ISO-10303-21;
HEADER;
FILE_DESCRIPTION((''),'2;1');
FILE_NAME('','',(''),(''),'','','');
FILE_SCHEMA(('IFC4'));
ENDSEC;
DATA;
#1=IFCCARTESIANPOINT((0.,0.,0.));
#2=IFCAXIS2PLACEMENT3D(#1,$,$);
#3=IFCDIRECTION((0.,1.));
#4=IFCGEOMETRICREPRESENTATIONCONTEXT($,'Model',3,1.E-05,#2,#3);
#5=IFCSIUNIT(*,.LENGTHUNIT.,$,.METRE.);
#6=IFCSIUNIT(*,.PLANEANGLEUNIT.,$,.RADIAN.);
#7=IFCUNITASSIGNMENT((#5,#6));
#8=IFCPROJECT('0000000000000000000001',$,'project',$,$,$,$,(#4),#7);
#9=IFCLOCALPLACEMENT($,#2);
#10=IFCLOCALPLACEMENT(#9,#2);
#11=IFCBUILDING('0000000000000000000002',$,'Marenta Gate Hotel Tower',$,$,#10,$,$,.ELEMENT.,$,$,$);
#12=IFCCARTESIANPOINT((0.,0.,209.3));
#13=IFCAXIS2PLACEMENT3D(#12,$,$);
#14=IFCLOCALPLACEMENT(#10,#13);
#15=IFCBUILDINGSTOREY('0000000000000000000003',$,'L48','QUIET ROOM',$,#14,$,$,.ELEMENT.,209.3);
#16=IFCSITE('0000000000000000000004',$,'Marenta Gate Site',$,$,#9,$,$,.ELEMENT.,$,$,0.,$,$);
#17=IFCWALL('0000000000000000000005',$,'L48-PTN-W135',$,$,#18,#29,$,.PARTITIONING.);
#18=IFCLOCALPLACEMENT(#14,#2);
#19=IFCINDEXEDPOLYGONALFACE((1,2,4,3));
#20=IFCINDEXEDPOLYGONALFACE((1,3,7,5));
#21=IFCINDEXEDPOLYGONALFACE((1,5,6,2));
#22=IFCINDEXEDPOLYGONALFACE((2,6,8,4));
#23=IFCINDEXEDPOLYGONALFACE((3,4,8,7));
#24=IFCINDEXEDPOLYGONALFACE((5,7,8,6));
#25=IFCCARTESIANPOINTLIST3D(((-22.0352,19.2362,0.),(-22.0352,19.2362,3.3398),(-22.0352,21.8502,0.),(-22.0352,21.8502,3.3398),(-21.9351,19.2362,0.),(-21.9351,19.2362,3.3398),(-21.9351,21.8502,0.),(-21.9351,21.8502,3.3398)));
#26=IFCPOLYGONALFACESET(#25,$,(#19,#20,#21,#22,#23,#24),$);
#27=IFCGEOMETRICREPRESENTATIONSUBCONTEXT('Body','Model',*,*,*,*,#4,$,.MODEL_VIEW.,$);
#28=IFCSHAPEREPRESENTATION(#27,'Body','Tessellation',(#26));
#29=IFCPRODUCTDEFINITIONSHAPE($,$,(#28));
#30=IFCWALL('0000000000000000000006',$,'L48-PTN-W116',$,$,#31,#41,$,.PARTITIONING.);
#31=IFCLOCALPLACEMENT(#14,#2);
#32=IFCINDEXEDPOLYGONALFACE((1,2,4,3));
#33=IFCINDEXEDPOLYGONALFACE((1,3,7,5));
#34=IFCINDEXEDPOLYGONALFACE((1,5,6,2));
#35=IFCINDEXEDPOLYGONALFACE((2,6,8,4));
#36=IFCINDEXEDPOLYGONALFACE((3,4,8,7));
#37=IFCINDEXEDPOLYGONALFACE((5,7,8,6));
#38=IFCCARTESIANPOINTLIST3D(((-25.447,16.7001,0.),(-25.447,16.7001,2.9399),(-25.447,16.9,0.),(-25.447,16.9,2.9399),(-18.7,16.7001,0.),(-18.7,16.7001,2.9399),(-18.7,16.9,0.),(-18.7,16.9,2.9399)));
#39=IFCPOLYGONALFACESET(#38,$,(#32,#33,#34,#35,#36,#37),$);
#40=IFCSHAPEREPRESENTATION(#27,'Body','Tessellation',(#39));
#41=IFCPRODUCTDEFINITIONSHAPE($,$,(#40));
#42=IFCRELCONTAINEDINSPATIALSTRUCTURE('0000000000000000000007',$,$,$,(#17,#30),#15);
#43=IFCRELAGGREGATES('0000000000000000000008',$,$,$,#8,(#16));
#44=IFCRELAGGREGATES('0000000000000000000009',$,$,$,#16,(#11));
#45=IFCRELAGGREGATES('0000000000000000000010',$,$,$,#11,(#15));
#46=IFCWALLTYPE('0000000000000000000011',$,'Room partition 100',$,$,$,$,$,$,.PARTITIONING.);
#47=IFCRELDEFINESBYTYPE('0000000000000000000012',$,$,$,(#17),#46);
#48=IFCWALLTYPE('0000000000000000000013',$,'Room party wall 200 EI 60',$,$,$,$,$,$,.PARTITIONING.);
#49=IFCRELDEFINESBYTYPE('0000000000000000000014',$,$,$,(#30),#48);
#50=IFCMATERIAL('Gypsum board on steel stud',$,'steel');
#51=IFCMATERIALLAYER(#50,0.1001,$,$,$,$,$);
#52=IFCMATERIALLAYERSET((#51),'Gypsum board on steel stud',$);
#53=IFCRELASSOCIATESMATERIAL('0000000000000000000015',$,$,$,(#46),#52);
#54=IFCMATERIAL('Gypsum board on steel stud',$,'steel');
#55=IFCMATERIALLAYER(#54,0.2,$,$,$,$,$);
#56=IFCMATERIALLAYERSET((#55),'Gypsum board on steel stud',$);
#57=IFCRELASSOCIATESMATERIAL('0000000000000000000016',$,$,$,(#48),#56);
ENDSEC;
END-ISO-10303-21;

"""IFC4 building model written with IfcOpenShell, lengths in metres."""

from ifc_helpers import new_model, si_unit, direction, frame, frame_2d, origin, place, context, subcontext, project, spatial, rectangle, extrude, material, layer, layer_set, type_object, element, save


model = new_model("IFC4")

# Units and contexts
model_context = context("Model", 3, precision=1e-05, world=origin(), true_north=direction((0.0, 1.0)))
body_context = subcontext(model_context, "Body", "Model", "MODEL_VIEW")
ifc_project = project(units=[si_unit("LENGTHUNIT", "METRE"), si_unit("PLANEANGLEUNIT", "RADIAN")], contexts=[model_context])

# Site, building, storey
site_placement = place(None, origin())
site = spatial("IfcSite", under=ifc_project, at=site_placement, Name="Marenta Gate Site", CompositionType="ELEMENT", RefElevation=0.0)
building_placement = place(site_placement, origin())
building = spatial("IfcBuilding", under=site, at=building_placement, Name="Marenta Gate Hotel Tower", CompositionType="ELEMENT")
storey_placement = place(building_placement, frame((0.0, 0.0, 209.3)))
storey = spatial("IfcBuildingStorey", under=building, at=storey_placement, Name="L48", Description="QUIET ROOM", CompositionType="ELEMENT", Elevation=209.3)

# Shared definitions
ifc_material_1 = material(Name="Gypsum board on steel stud", Category="steel")
ifc_layer_1 = layer(ifc_material_1, 0.1001)
ifc_layer_set_1 = layer_set([ifc_layer_1], Name="Gypsum board on steel stud")
wall_type_1 = type_object("IfcWallType", Name="Room partition 100", PredefinedType="PARTITIONING", material=ifc_layer_set_1)

# Walls
wall_1_placement = place(storey_placement, frame((-21.9851, 19.2361, 0.0), z_axis=(0.0, 0.0, 1.0), x_axis=(0.0, 1.0, 0.0)))
element("IfcWall", 1, at=wall_1_placement, inside=storey, type_object=wall_type_1, Name="L48-PTN-W135", PredefinedType="PARTITIONING", context=body_context, shape_type="SweptSolid", body=[
    extrude(rectangle(XDim=2.614, YDim=0.1001, at=frame_2d((1.3071, 0.0))), origin(), (0.0, 0.0, 1.0), 3.3398),
])
ifc_material_2 = material(Name="Gypsum board on steel stud", Category="steel")
ifc_layer_2 = layer(ifc_material_2, 0.2)
ifc_layer_set_2 = layer_set([ifc_layer_2], Name="Gypsum board on steel stud")
wall_type_2 = type_object("IfcWallType", Name="Room party wall 200 EI 60", PredefinedType="PARTITIONING", material=ifc_layer_set_2)
wall_2_placement = place(storey_placement, frame((-25.447, 16.8, 0.0), z_axis=(0.0, 0.0, 1.0), x_axis=(1.0, 0.0, 0.0)))
element("IfcWall", 2, at=wall_2_placement, inside=storey, type_object=wall_type_2, Name="L48-PTN-W116", PredefinedType="PARTITIONING", context=body_context, shape_type="SweptSolid", body=[
    extrude(rectangle(XDim=6.7471, YDim=0.2, at=frame_2d((3.3735, 0.0))), origin(), (0.0, 0.0, 1.0), 2.9399),
])

save(model, "model.ifc")
